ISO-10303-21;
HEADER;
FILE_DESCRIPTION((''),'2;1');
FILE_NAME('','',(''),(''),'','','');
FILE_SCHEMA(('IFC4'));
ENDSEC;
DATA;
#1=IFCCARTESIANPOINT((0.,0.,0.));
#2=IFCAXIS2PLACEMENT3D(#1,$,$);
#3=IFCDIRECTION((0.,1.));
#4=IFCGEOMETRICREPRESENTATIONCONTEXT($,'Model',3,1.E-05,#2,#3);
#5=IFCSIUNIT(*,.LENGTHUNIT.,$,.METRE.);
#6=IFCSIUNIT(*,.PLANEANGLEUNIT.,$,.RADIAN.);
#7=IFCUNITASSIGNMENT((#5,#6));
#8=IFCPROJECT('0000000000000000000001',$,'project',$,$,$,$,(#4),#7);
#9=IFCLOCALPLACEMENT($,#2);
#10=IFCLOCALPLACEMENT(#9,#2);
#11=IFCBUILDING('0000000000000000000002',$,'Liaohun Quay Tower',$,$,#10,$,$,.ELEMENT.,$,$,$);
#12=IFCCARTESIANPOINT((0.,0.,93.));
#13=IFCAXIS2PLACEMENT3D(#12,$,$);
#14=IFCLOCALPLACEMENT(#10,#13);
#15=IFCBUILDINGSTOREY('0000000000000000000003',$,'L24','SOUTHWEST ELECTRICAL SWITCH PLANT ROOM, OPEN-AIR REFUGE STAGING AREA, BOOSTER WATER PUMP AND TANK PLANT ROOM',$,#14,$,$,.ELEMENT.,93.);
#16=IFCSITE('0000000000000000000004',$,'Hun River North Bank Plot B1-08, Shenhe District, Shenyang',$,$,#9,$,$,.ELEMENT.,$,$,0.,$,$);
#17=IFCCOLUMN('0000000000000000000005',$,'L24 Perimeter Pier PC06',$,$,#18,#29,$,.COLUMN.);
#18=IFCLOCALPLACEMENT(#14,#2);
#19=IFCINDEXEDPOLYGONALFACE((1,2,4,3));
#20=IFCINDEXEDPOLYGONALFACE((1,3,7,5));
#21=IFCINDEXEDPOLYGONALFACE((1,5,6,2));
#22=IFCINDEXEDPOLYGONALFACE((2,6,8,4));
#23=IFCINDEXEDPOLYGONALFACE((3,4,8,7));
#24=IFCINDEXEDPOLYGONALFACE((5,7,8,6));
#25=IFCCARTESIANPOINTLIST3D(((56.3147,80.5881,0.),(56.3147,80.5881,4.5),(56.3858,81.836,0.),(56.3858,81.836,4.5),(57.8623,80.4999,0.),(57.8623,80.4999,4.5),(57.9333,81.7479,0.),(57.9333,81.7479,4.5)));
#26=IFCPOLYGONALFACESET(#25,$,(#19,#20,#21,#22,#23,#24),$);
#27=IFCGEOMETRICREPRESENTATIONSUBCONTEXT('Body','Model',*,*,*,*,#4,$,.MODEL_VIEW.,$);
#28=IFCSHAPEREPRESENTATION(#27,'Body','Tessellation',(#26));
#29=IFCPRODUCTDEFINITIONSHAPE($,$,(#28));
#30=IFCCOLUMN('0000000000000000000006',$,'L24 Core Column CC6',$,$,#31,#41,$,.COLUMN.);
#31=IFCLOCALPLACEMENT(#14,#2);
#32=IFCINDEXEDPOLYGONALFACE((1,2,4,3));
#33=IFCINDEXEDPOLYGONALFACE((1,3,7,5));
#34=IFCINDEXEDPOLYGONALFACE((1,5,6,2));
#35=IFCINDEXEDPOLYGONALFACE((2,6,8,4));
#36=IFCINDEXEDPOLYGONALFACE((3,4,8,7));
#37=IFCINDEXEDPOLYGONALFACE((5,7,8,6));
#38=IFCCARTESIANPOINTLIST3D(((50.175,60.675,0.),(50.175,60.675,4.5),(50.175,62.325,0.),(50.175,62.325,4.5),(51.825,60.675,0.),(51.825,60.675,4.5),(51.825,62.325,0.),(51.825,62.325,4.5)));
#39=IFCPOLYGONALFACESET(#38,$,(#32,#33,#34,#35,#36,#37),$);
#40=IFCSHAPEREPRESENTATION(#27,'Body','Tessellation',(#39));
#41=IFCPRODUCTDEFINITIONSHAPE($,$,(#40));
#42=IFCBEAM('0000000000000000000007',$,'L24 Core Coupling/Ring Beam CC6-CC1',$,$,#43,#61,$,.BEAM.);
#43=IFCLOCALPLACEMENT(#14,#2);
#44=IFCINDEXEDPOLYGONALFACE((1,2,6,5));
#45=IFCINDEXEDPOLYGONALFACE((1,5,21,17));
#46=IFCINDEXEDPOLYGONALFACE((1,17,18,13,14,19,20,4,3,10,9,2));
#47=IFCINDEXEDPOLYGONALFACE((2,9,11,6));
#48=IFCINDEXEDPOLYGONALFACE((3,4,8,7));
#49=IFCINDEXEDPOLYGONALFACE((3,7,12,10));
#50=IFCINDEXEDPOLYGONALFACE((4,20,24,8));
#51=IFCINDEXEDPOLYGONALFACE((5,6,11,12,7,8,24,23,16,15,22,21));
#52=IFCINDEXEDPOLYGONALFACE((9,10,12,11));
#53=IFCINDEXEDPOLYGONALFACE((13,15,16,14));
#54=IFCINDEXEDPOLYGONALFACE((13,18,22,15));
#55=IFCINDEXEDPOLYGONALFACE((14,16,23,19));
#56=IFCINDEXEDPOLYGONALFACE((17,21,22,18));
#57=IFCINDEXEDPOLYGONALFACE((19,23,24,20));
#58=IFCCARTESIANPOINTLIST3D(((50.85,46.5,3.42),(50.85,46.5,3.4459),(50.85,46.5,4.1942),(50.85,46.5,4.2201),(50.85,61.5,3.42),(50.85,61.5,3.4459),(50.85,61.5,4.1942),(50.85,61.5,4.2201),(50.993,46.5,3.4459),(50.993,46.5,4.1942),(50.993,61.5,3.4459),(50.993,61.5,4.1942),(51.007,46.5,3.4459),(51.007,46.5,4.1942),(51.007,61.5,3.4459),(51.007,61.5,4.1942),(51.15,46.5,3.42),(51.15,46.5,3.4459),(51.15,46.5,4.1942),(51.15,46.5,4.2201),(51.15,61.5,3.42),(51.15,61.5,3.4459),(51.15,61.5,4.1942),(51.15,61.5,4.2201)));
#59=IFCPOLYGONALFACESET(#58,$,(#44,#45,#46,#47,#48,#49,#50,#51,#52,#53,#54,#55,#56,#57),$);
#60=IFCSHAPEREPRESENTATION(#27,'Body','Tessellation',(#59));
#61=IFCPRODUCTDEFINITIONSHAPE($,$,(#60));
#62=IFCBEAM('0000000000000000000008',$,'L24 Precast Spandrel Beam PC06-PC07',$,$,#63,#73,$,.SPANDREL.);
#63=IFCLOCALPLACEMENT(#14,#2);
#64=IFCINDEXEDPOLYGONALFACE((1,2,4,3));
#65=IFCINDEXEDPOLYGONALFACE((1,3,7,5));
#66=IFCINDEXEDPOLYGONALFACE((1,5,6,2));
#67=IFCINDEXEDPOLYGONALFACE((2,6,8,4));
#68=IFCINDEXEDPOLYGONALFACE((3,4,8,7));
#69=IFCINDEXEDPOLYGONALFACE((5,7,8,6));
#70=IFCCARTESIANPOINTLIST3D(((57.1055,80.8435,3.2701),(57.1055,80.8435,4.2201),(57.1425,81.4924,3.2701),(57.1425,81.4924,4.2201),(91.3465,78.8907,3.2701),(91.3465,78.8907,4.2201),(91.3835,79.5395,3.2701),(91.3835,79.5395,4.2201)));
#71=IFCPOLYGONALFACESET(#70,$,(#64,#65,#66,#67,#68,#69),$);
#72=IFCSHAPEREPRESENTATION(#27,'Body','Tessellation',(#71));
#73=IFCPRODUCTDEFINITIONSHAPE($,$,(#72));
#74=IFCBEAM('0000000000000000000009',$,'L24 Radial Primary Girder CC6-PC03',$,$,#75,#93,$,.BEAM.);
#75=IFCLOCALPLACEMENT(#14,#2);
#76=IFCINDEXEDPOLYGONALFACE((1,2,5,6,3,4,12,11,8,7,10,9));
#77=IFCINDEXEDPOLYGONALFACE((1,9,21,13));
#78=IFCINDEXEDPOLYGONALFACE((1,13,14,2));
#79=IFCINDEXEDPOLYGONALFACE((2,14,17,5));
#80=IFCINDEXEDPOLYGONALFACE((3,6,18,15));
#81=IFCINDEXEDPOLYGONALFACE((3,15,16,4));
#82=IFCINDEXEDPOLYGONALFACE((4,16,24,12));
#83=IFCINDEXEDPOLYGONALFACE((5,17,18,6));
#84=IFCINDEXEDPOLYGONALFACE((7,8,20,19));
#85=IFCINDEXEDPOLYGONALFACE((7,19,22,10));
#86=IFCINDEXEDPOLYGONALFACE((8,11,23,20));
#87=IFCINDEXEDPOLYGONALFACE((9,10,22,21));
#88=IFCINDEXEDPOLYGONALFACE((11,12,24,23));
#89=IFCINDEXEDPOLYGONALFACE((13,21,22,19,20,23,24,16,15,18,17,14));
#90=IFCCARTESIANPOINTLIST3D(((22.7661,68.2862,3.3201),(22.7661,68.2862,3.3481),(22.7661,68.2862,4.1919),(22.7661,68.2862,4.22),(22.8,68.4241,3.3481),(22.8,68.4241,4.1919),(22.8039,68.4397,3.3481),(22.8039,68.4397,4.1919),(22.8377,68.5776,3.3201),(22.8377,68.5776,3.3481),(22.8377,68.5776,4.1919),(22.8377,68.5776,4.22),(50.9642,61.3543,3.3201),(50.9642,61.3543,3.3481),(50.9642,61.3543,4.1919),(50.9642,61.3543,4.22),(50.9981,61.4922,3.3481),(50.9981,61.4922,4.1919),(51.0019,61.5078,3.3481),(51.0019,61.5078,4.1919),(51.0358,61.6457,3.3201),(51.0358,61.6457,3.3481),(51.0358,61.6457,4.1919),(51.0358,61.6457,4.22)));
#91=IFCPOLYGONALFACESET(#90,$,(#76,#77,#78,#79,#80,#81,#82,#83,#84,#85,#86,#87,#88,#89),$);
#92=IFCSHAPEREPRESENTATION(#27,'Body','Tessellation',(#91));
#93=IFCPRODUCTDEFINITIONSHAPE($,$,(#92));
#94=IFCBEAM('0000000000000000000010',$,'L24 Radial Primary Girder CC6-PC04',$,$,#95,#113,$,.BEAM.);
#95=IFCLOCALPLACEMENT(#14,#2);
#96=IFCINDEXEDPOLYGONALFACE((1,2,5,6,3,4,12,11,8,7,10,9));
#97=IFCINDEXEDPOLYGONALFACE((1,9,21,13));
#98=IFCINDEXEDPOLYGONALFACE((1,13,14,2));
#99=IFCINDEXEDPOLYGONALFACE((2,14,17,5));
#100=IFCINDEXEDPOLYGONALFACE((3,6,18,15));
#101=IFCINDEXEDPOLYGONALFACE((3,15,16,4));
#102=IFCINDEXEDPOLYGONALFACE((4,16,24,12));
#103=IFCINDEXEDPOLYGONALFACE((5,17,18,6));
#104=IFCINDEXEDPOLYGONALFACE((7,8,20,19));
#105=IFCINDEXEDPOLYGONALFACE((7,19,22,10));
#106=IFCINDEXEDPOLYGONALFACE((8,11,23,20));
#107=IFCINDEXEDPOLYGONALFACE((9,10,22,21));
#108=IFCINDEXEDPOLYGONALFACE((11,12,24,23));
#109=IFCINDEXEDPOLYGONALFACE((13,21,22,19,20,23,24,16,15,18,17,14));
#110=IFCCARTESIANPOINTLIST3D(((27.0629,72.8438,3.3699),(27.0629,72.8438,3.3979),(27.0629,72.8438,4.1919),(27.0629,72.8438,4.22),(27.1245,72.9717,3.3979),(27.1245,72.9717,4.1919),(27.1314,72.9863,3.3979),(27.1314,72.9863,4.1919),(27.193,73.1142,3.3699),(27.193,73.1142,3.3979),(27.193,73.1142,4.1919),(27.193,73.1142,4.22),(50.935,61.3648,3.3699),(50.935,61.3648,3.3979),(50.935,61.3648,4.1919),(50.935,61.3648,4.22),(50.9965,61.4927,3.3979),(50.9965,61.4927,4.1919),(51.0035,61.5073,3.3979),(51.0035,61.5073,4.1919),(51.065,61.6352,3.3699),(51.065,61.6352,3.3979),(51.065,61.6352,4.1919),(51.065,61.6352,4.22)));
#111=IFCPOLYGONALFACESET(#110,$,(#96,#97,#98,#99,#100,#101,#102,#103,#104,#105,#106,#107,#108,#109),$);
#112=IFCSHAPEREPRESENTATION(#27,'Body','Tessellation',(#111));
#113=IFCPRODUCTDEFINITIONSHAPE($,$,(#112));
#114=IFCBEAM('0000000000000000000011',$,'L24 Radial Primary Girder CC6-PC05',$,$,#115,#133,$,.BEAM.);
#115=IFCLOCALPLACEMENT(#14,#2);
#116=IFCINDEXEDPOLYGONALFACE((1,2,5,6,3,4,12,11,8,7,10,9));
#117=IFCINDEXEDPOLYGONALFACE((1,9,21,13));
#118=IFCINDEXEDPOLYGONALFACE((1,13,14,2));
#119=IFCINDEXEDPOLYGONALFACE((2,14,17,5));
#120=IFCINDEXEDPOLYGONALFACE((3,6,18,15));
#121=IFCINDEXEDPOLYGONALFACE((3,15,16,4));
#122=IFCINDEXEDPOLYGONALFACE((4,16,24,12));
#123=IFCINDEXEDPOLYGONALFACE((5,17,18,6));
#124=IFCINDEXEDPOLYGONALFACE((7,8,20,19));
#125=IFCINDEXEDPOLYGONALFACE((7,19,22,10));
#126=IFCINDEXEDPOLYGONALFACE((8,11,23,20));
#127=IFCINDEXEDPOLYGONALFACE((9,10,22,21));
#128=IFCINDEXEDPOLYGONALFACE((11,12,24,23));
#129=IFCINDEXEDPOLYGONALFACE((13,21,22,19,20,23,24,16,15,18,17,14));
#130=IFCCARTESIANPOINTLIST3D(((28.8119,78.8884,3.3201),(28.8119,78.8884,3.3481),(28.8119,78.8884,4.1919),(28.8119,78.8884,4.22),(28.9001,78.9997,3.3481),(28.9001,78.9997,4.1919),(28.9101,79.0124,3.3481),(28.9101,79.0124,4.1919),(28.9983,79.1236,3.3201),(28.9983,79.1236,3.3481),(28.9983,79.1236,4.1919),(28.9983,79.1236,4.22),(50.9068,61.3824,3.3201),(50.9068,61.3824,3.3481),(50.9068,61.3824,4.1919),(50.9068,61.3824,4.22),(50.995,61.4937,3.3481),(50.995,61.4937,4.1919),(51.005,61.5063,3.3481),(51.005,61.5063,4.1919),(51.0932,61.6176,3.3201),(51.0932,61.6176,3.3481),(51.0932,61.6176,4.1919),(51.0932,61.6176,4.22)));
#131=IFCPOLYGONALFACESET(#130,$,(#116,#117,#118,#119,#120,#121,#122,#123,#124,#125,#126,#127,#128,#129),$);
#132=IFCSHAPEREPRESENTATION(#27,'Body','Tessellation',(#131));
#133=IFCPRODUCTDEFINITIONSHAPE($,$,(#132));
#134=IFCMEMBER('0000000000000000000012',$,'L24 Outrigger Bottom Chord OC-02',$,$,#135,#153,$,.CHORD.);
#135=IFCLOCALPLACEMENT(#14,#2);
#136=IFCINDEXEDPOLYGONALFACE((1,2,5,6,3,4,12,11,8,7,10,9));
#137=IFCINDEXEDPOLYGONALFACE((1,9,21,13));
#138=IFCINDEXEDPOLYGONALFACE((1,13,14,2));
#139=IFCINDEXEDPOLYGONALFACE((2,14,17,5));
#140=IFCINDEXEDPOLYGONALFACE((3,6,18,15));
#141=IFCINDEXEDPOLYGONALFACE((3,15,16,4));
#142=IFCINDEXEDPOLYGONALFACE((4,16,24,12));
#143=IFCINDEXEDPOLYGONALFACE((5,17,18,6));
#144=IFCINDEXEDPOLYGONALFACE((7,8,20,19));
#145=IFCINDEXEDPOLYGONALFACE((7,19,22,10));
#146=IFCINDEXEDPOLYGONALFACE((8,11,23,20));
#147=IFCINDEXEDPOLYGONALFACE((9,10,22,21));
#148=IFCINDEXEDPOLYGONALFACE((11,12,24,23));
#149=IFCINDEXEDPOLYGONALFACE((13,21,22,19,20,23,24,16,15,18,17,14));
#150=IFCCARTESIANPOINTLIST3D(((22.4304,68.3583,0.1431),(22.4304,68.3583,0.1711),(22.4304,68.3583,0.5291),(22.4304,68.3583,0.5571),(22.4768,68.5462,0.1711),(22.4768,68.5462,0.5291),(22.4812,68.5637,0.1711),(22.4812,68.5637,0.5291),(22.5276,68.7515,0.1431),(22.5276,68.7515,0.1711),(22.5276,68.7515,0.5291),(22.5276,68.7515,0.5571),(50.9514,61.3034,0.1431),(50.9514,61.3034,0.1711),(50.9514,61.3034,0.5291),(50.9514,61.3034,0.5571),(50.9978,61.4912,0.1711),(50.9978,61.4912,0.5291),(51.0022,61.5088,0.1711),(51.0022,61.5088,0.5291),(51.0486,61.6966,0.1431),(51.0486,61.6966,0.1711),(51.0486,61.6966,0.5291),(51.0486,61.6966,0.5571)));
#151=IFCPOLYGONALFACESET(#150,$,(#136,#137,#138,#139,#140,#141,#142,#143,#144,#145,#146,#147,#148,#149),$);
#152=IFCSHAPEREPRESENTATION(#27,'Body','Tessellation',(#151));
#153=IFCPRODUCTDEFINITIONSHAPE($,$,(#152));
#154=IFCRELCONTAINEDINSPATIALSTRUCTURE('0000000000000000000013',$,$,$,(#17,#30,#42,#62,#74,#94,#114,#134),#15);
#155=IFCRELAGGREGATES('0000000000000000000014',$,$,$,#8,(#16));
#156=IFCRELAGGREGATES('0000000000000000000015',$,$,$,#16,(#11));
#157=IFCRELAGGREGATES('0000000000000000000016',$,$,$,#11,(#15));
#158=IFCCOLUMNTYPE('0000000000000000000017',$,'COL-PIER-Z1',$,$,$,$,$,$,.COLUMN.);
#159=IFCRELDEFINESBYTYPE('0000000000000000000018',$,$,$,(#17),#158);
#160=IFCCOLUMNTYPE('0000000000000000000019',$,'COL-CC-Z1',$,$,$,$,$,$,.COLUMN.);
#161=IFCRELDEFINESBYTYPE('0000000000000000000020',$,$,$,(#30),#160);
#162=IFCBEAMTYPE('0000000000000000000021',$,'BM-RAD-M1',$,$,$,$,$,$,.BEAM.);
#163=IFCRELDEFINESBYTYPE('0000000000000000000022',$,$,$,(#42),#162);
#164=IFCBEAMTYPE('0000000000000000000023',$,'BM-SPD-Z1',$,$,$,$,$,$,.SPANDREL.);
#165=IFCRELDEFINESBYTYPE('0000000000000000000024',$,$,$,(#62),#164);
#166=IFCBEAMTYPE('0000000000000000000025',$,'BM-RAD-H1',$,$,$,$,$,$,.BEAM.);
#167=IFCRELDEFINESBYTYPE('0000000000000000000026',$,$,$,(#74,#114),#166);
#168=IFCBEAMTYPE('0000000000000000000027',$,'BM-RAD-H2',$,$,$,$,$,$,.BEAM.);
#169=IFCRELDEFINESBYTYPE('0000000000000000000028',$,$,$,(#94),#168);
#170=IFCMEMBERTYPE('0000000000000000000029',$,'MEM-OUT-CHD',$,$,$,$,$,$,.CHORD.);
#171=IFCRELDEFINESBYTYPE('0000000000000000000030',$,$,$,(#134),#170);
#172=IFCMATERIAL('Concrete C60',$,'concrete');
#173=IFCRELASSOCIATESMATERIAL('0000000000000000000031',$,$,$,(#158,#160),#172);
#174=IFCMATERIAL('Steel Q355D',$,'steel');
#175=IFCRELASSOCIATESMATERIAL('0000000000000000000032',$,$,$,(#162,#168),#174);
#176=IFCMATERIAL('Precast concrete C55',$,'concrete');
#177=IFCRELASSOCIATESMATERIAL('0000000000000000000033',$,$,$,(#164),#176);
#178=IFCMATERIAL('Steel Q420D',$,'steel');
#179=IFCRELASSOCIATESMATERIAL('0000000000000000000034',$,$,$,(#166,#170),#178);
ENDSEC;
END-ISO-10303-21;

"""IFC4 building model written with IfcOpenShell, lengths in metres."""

from ifc_helpers import new_model, si_unit, direction, frame, origin, origin_2d, place, context, subcontext, project, spatial, rectangle, i_section, extrude, source, transform, mapped, material, material_profile, profile_set, type_object, element, save


model = new_model("IFC4")

# Units and contexts
model_context = context("Model", 3, precision=1e-05, world=origin(), true_north=direction((0.0, 1.0)))
body_context = subcontext(model_context, "Body", "Model", "MODEL_VIEW")
ifc_project = project(units=[si_unit("LENGTHUNIT", "METRE"), si_unit("PLANEANGLEUNIT", "RADIAN")], contexts=[model_context])

# Site, building, storey
site_placement = place(None, origin())
site = spatial("IfcSite", under=ifc_project, at=site_placement, Name="Hun River North Bank Plot B1-08, Shenhe District, Shenyang", CompositionType="ELEMENT", RefElevation=0.0)
building_placement = place(site_placement, origin())
building = spatial("IfcBuilding", under=site, at=building_placement, Name="Liaohun Quay Tower", CompositionType="ELEMENT")
storey_placement = place(building_placement, frame((0.0, 0.0, 93.0)))
storey = spatial("IfcBuildingStorey", under=building, at=storey_placement, Name="L24", Description="SOUTHWEST ELECTRICAL SWITCH PLANT ROOM, OPEN-AIR REFUGE STAGING AREA, BOOSTER WATER PUMP AND TANK PLANT ROOM", CompositionType="ELEMENT", Elevation=93.0)

# Columns
ifc_material_1 = material(Name="Concrete C60", Category="concrete")
ifc_material_profile_1 = material_profile(ifc_material_1, rectangle(XDim=1.55, YDim=1.25, at=origin_2d()), Name="RC1550x1250")
ifc_profile_set_1 = profile_set([ifc_material_profile_1], Name="Concrete C60")
column_type_1 = type_object("IfcColumnType", Name="COL-PIER-Z1", PredefinedType="COLUMN", material=ifc_profile_set_1)
shared_shape_1 = source(origin(), body_context, "Body", "SweptSolid", [
    extrude(rectangle(XDim=1.55, YDim=1.25, at=origin_2d()), origin(), (0.0, 0.0, 1.0), 4.5),
])
column_1_placement = place(storey_placement, frame((57.124, 81.168, 0.0), z_axis=(0.0, 0.0, 1.0), x_axis=(-0.998382, 0.056867, 0.0)))
element("IfcColumn", 1, at=column_1_placement, inside=storey, type_object=column_type_1, Name="L24 Perimeter Pier PC06", PredefinedType="COLUMN", context=body_context, shape_type="MappedRepresentation", body=[
    mapped(shared_shape_1, transform((0.0, 0.0, 0.0), x_axis=(1.0, 0.0, 0.0), y_axis=(0.0, 1.0, 0.0), z_axis=(0.0, 0.0, 1.0), scale=1.0)),
])
ifc_material_profile_2 = material_profile(ifc_material_1, rectangle(XDim=1.6499, YDim=1.6499, at=origin_2d()), Name="RC1650x1650")
ifc_profile_set_2 = profile_set([ifc_material_profile_2], Name="Concrete C60")
column_type_2 = type_object("IfcColumnType", Name="COL-CC-Z1", PredefinedType="COLUMN", material=ifc_profile_set_2)
shared_shape_2 = source(origin(), body_context, "Body", "SweptSolid", [
    extrude(rectangle(XDim=1.6499, YDim=1.6499, at=origin_2d()), origin(), (0.0, 0.0, 1.0), 4.5),
])
column_2_placement = place(storey_placement, frame((51.0, 61.5, 0.0), z_axis=(0.0, 0.0, 1.0), x_axis=(1.0, 0.0, 0.0)))
element("IfcColumn", 2, at=column_2_placement, inside=storey, type_object=column_type_2, Name="L24 Core Column CC6", PredefinedType="COLUMN", context=body_context, shape_type="MappedRepresentation", body=[
    mapped(shared_shape_2, transform((0.0, 0.0, 0.0), x_axis=(1.0, 0.0, 0.0), y_axis=(0.0, 1.0, 0.0), z_axis=(0.0, 0.0, 1.0), scale=1.0)),
])

# Beams
ifc_material_2 = material(Name="Steel Q355D", Category="steel")
ifc_material_profile_3 = material_profile(ifc_material_2, i_section(OverallWidth=0.3, OverallDepth=0.8, WebThickness=0.0139, FlangeThickness=0.0259, at=origin_2d()), Name="HN800x300x14x26")
ifc_profile_set_3 = profile_set([ifc_material_profile_3], Name="Steel Q355D")
beam_type_1 = type_object("IfcBeamType", Name="BM-RAD-M1", PredefinedType="BEAM", material=ifc_profile_set_3)
shared_shape_3 = source(origin(), body_context, "Body", "SweptSolid", [
    extrude(i_section(OverallWidth=0.3, OverallDepth=0.8, WebThickness=0.0139, FlangeThickness=0.0259, at=origin_2d()), origin(), (0.0, 0.0, 1.0), 15.0),
])
beam_1_placement = place(storey_placement, frame((51.0, 61.5, 3.8201), z_axis=(0.0, -1.0, 0.0), x_axis=(1.0, 0.0, 0.0)))
element("IfcBeam", 3, at=beam_1_placement, inside=storey, type_object=beam_type_1, Name="L24 Core Coupling/Ring Beam CC6-CC1", PredefinedType="BEAM", context=body_context, shape_type="MappedRepresentation", body=[
    mapped(shared_shape_3, transform((0.0, 0.0, 0.0), x_axis=(1.0, 0.0, 0.0), y_axis=(0.0, 1.0, 0.0), z_axis=(0.0, 0.0, 1.0), scale=1.0)),
])
ifc_material_3 = material(Name="Precast concrete C55", Category="concrete")
ifc_material_profile_4 = material_profile(ifc_material_3, rectangle(XDim=0.6499, YDim=0.95, at=origin_2d()), Name="RC650x950")
ifc_profile_set_4 = profile_set([ifc_material_profile_4], Name="Precast concrete C55")
beam_type_2 = type_object("IfcBeamType", Name="BM-SPD-Z1", PredefinedType="SPANDREL", material=ifc_profile_set_4)
shared_shape_4 = source(origin(), body_context, "Body", "SweptSolid", [
    extrude(rectangle(XDim=0.6499, YDim=0.95, at=origin_2d()), origin(), (0.0, 0.0, 1.0), 34.2966),
])
beam_2_placement = place(storey_placement, frame((57.124, 81.168, 3.7451), z_axis=(0.998378, -0.056941, 0.0), x_axis=(0.056941, 0.998378, 0.0)))
element("IfcBeam", 4, at=beam_2_placement, inside=storey, type_object=beam_type_2, Name="L24 Precast Spandrel Beam PC06-PC07", PredefinedType="SPANDREL", context=body_context, shape_type="MappedRepresentation", body=[
    mapped(shared_shape_4, transform((0.0, 0.0, 0.0), x_axis=(1.0, 0.0, 0.0), y_axis=(0.0, 1.0, 0.0), z_axis=(0.0, 0.0, 1.0), scale=1.0)),
])
ifc_material_4 = material(Name="Steel Q420D", Category="steel")
ifc_material_profile_5 = material_profile(ifc_material_4, i_section(OverallWidth=0.3, OverallDepth=0.8999, WebThickness=0.0161, FlangeThickness=0.0281, at=origin_2d()), Name="HN900x300x16x28")
ifc_profile_set_5 = profile_set([ifc_material_profile_5], Name="Steel Q420D")
beam_type_3 = type_object("IfcBeamType", Name="BM-RAD-H1", PredefinedType="BEAM", material=ifc_profile_set_5)
shared_shape_5 = source(origin(), body_context, "Body", "SweptSolid", [
    extrude(i_section(OverallWidth=0.3, OverallDepth=0.8999, WebThickness=0.0161, FlangeThickness=0.0281, at=origin_2d()), origin(), (0.0, 0.0, 1.0), 29.0376),
])
beam_3_placement = place(storey_placement, frame((51.0, 61.5, 3.77), z_axis=(-0.971088, 0.238722, 0.0), x_axis=(-0.238722, -0.971088, 0.0)))
element("IfcBeam", 5, at=beam_3_placement, inside=storey, type_object=beam_type_3, Name="L24 Radial Primary Girder CC6-PC03", PredefinedType="BEAM", context=body_context, shape_type="MappedRepresentation", body=[
    mapped(shared_shape_5, transform((0.0, 0.0, 0.0), x_axis=(1.0, 0.0, 0.0), y_axis=(0.0, 1.0, 0.0), z_axis=(0.0, 0.0, 1.0), scale=1.0)),
])
ifc_material_profile_6 = material_profile(ifc_material_2, i_section(OverallWidth=0.3, OverallDepth=0.8501, WebThickness=0.0161, FlangeThickness=0.0281, at=origin_2d()), Name="HN850x300x16x28")
ifc_profile_set_6 = profile_set([ifc_material_profile_6], Name="Steel Q355D")
beam_type_4 = type_object("IfcBeamType", Name="BM-RAD-H2", PredefinedType="BEAM", material=ifc_profile_set_6)
shared_shape_6 = source(origin(), body_context, "Body", "SweptSolid", [
    extrude(i_section(OverallWidth=0.3, OverallDepth=0.8501, WebThickness=0.0161, FlangeThickness=0.0281, at=origin_2d()), origin(), (0.0, 0.0, 1.0), 26.4885),
])
beam_4_placement = place(storey_placement, frame((51.0, 61.5, 3.7949), z_axis=(-0.901222, 0.433357, 0.0), x_axis=(-0.433357, -0.901222, 0.0)))
element("IfcBeam", 6, at=beam_4_placement, inside=storey, type_object=beam_type_4, Name="L24 Radial Primary Girder CC6-PC04", PredefinedType="BEAM", context=body_context, shape_type="MappedRepresentation", body=[
    mapped(shared_shape_6, transform((0.0, 0.0, 0.0), x_axis=(1.0, 0.0, 0.0), y_axis=(0.0, 1.0, 0.0), z_axis=(0.0, 0.0, 1.0), scale=1.0)),
])
shared_shape_7 = source(origin(), body_context, "Body", "SweptSolid", [
    extrude(i_section(OverallWidth=0.3, OverallDepth=0.8999, WebThickness=0.0161, FlangeThickness=0.0281, at=origin_2d()), origin(), (0.0, 0.0, 1.0), 28.1895),
])
beam_5_placement = place(storey_placement, frame((51.0, 61.5, 3.77), z_axis=(-0.7838, 0.621014, 0.0), x_axis=(-0.621014, -0.7838, 0.0)))
element("IfcBeam", 7, at=beam_5_placement, inside=storey, type_object=beam_type_3, Name="L24 Radial Primary Girder CC6-PC05", PredefinedType="BEAM", context=body_context, shape_type="MappedRepresentation", body=[
    mapped(shared_shape_7, transform((0.0, 0.0, 0.0), x_axis=(1.0, 0.0, 0.0), y_axis=(0.0, 1.0, 0.0), z_axis=(0.0, 0.0, 1.0), scale=1.0)),
])

# Member
ifc_material_profile_7 = material_profile(ifc_material_4, i_section(OverallWidth=0.405, OverallDepth=0.4141, WebThickness=0.0181, FlangeThickness=0.0281, at=origin_2d()), Name="HW414x405x18x28")
ifc_profile_set_7 = profile_set([ifc_material_profile_7], Name="Steel Q420D")
member_type_1 = type_object("IfcMemberType", Name="MEM-OUT-CHD", PredefinedType="CHORD", material=ifc_profile_set_7)
shared_shape_8 = source(origin(), body_context, "Body", "SweptSolid", [
    extrude(i_section(OverallWidth=0.405, OverallDepth=0.4141, WebThickness=0.0181, FlangeThickness=0.0281, at=origin_2d()), origin(), (0.0, 0.0, 1.0), 29.3806),
])
member_1_placement = place(storey_placement, frame((51.0, 61.5, 0.3501), z_axis=(-0.970743, 0.240122, 0.0), x_axis=(-0.240122, -0.970743, 0.0)))
element("IfcMember", 8, at=member_1_placement, inside=storey, type_object=member_type_1, Name="L24 Outrigger Bottom Chord OC-02", PredefinedType="CHORD", context=body_context, shape_type="MappedRepresentation", body=[
    mapped(shared_shape_8, transform((0.0, 0.0, 0.0), x_axis=(1.0, 0.0, 0.0), y_axis=(0.0, 1.0, 0.0), z_axis=(0.0, 0.0, 1.0), scale=1.0)),
])

save(model, "model.ifc")
